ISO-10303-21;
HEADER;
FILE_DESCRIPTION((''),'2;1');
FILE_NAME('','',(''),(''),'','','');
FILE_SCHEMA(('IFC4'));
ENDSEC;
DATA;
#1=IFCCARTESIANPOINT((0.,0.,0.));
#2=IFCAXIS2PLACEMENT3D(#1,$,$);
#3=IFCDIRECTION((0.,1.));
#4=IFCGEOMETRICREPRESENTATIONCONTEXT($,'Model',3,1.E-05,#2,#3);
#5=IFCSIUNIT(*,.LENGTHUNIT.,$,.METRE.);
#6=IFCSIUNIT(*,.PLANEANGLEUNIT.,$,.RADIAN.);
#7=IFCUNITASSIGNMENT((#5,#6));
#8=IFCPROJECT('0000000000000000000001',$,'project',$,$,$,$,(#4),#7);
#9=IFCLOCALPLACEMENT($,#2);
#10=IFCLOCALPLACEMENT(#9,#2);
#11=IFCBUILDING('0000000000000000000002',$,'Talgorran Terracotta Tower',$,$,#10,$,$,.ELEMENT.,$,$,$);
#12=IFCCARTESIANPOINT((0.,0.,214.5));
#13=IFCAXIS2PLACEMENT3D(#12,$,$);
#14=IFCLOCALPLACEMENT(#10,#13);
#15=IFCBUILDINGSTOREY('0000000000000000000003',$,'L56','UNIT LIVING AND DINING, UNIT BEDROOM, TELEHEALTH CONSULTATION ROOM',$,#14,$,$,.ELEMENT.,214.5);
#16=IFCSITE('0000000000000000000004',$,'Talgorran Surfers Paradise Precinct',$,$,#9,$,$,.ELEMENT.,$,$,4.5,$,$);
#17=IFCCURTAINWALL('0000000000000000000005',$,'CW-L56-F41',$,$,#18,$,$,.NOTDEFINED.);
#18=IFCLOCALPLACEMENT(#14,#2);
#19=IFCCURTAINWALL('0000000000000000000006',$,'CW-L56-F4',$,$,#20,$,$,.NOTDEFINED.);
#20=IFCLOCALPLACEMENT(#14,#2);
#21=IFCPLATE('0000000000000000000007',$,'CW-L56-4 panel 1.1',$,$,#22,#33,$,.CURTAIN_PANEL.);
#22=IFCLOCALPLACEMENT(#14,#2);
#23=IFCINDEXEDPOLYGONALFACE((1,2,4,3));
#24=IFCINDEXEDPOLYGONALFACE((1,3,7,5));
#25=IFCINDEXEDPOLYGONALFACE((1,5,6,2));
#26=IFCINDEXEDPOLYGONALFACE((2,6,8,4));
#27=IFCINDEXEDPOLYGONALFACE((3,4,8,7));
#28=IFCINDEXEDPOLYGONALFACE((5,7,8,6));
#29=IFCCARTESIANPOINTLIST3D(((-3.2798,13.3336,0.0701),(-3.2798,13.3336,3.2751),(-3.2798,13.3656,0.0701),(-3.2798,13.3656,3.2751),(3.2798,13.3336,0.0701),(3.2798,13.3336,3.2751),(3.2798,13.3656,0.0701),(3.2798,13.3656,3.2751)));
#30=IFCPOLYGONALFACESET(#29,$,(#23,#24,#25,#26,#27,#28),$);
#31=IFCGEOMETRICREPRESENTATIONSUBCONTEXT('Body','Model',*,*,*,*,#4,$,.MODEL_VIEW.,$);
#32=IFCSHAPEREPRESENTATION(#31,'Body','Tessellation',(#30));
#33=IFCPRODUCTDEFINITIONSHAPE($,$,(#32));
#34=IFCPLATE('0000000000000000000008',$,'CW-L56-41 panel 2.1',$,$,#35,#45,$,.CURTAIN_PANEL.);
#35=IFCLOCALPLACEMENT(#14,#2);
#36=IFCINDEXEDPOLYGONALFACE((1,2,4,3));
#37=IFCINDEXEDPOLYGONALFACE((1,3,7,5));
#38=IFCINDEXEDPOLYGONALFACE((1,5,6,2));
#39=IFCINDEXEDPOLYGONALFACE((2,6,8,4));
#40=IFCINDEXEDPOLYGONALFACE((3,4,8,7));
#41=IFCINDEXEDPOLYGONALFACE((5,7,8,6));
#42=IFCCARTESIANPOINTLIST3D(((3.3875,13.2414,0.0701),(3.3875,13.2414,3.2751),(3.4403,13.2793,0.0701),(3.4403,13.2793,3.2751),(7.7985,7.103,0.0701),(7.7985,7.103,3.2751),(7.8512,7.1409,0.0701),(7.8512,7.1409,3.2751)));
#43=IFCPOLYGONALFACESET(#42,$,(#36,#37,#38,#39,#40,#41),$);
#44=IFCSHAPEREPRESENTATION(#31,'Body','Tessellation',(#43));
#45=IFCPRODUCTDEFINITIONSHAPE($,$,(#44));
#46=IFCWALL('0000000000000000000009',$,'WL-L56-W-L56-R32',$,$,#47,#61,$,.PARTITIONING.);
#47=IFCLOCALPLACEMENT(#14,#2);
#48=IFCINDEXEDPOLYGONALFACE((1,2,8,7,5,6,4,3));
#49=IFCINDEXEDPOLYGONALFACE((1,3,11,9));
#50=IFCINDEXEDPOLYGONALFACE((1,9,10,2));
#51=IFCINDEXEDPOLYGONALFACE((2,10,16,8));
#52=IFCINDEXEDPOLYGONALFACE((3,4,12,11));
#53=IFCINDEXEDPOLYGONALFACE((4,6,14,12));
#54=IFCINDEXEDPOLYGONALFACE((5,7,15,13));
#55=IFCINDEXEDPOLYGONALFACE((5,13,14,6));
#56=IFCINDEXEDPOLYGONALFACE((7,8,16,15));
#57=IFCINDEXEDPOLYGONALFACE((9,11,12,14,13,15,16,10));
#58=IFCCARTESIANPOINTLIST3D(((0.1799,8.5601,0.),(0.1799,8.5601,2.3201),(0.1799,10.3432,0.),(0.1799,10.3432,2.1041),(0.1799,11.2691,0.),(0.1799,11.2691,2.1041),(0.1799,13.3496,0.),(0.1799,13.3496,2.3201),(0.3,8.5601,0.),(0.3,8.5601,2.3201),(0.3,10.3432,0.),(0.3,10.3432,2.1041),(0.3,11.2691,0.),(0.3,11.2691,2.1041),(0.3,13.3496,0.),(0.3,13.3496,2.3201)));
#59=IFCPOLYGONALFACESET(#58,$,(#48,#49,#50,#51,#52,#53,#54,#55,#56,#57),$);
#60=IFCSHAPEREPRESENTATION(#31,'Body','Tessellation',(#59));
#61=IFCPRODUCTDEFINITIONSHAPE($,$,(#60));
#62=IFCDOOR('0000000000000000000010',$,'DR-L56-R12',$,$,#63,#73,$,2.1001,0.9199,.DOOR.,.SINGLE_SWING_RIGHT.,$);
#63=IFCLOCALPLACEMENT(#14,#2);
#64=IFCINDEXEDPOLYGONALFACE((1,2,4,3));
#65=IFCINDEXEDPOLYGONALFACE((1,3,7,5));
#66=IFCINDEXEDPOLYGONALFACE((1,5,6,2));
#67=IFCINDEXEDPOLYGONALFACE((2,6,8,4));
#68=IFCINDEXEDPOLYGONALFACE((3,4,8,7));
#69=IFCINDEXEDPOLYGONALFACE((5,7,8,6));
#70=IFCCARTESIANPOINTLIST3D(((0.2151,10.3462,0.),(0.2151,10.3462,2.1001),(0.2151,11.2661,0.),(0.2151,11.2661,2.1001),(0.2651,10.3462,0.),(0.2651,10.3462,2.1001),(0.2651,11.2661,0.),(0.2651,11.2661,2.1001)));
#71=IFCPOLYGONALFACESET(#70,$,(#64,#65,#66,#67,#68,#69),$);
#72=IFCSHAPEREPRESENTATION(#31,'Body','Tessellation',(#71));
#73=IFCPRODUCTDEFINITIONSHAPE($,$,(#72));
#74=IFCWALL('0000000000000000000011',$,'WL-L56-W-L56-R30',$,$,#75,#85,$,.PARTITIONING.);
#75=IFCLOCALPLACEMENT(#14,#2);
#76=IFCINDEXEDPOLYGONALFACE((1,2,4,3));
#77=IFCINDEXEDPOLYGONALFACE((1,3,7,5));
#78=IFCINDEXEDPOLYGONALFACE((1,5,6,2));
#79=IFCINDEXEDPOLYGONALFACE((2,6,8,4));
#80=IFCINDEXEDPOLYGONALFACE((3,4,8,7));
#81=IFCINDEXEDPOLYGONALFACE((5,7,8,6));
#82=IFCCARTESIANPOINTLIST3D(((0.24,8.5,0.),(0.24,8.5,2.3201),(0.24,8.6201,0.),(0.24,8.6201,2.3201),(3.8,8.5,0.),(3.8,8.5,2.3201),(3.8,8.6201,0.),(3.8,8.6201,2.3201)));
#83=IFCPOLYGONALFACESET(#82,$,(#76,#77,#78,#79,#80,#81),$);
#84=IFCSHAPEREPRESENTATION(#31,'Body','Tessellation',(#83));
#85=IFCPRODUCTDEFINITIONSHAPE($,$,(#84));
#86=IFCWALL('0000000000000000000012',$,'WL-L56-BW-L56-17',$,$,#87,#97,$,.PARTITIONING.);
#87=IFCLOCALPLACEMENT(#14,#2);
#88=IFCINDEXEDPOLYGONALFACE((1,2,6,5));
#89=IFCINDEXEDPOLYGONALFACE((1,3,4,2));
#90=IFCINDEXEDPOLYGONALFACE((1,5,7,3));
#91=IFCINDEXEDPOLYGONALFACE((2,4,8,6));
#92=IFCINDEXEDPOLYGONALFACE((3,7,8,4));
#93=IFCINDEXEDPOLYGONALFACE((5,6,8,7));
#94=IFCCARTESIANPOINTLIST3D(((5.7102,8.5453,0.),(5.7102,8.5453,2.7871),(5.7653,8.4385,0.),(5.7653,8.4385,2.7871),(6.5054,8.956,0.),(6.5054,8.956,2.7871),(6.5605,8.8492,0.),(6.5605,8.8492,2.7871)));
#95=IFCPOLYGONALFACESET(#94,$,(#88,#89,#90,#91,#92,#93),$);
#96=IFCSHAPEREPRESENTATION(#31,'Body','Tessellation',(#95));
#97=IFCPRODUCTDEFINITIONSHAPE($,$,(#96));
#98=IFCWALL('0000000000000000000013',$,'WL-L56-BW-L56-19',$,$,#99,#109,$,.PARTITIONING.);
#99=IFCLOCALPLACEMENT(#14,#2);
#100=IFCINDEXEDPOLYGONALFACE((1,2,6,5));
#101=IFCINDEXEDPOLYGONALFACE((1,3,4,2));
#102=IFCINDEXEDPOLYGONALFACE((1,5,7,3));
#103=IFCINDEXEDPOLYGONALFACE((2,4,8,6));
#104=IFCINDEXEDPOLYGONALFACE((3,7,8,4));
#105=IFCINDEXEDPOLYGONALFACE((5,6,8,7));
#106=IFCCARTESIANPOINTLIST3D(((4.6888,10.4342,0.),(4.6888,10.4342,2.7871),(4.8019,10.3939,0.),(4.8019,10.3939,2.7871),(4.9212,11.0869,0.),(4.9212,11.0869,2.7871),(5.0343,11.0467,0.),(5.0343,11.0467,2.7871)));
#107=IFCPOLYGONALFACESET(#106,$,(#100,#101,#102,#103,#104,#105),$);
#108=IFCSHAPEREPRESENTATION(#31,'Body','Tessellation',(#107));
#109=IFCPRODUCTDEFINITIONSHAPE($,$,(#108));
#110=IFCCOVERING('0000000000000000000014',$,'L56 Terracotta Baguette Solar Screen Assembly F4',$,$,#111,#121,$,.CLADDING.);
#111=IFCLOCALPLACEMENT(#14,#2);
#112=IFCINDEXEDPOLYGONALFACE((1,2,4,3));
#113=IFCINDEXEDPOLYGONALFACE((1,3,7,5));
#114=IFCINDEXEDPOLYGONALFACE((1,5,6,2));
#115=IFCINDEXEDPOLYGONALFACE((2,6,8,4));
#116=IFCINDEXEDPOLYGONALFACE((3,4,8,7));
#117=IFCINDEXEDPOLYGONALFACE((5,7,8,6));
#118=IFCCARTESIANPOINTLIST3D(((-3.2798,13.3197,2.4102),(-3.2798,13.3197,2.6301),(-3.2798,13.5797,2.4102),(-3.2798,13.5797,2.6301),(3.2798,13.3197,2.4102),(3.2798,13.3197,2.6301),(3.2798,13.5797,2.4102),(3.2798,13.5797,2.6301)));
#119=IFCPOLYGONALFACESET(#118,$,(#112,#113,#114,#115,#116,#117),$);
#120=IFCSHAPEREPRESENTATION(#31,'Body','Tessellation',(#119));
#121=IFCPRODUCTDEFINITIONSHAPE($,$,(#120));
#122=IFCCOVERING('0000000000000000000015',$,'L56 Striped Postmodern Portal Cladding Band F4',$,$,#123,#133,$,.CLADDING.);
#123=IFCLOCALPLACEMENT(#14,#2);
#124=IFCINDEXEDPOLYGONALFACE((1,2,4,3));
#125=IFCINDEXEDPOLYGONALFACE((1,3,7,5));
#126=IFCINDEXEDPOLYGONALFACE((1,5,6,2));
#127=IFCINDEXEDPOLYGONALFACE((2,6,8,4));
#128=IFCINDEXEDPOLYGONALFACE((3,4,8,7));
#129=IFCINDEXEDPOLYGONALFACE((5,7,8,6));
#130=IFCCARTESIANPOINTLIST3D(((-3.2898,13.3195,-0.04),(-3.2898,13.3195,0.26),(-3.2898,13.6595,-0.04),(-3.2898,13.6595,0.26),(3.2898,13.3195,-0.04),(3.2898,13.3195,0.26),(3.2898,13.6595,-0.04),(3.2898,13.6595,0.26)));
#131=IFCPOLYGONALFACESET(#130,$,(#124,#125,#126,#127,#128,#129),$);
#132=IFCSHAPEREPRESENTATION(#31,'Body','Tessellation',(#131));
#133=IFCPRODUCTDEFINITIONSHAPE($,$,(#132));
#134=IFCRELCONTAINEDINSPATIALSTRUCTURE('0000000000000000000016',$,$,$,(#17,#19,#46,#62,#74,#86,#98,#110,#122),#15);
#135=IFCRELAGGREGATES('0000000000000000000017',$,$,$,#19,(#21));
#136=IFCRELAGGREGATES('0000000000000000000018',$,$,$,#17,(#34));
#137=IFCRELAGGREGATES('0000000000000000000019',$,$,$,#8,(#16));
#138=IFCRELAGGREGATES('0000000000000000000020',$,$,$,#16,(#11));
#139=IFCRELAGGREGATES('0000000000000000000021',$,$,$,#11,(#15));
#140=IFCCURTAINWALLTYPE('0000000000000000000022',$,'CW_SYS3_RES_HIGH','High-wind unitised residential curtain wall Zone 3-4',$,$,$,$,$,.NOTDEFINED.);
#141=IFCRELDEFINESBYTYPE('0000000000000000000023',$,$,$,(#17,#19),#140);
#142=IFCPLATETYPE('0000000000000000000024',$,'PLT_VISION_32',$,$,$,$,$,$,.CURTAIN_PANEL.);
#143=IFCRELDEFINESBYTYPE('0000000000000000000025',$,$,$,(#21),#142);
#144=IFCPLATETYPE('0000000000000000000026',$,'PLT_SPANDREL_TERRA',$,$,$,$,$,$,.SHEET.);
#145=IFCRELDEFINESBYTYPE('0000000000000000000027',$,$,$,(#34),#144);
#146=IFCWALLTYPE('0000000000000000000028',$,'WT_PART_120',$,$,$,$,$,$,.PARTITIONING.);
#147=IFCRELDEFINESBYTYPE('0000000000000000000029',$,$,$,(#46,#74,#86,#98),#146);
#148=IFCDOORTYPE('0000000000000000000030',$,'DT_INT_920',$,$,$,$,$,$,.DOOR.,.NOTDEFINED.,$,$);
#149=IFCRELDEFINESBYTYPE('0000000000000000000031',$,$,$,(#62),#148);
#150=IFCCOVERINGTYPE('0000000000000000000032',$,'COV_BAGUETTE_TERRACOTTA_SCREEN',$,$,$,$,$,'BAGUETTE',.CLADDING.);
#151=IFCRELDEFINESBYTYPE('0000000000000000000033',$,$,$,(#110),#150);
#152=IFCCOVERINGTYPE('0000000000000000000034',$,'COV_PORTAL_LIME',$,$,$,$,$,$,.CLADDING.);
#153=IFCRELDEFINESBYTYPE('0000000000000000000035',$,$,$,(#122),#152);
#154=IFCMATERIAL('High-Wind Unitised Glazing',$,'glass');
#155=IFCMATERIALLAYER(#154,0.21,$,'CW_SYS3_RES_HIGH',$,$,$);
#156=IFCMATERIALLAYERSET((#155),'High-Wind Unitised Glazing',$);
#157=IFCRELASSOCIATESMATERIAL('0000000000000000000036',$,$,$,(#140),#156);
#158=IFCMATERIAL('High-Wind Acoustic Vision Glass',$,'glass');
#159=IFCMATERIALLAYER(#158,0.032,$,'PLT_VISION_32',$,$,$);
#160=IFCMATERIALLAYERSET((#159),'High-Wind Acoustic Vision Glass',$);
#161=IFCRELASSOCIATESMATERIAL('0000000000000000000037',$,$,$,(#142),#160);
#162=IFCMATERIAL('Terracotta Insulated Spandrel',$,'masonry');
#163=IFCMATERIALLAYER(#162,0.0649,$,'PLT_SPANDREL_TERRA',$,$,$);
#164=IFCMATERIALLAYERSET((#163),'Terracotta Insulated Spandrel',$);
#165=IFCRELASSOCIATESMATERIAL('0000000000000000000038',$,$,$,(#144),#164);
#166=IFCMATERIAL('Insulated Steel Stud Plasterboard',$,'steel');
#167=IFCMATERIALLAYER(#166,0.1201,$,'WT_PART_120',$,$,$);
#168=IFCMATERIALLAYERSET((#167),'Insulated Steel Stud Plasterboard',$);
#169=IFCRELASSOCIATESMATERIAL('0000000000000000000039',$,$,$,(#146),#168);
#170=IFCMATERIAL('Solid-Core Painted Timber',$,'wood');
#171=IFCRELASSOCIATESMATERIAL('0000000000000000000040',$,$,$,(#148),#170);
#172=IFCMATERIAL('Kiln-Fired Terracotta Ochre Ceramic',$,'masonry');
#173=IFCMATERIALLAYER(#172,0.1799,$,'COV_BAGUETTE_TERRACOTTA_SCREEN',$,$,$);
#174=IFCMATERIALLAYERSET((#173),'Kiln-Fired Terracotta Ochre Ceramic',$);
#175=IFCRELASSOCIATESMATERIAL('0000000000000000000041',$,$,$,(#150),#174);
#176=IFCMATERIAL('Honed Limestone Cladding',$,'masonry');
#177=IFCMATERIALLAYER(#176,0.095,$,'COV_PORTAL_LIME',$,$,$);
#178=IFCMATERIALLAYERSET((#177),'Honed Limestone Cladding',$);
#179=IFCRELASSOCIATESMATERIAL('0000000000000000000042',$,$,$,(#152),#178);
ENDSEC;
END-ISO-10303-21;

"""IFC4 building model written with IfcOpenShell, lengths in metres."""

from ifc_helpers import new_model, si_unit, direction, frame, frame_2d, origin, origin_2d, place, context, subcontext, project, spatial, rectangle, extrude, source, transform, mapped, material, layer, layer_set, type_object, type_shapes, element, fill, aggregate, save


model = new_model("IFC4")

# Units and contexts
model_context = context("Model", 3, precision=1e-05, world=origin(), true_north=direction((0.0, 1.0)))
body_context = subcontext(model_context, "Body", "Model", "MODEL_VIEW")
ifc_project = project(units=[si_unit("LENGTHUNIT", "METRE"), si_unit("PLANEANGLEUNIT", "RADIAN")], contexts=[model_context])

# Site, building, storey
site_placement = place(None, origin())
site = spatial("IfcSite", under=ifc_project, at=site_placement, Name="Talgorran Surfers Paradise Precinct", CompositionType="ELEMENT", RefElevation=4.5)
building_placement = place(site_placement, origin())
building = spatial("IfcBuilding", under=site, at=building_placement, Name="Talgorran Terracotta Tower", CompositionType="ELEMENT")
storey_placement = place(building_placement, frame((0.0, 0.0, 214.5)))
storey = spatial("IfcBuildingStorey", under=building, at=storey_placement, Name="L56", Description="UNIT LIVING AND DINING, UNIT BEDROOM, TELEHEALTH CONSULTATION ROOM", CompositionType="ELEMENT", Elevation=214.5)

# Curtain wall
ifc_material_1 = material(Name="High-Wind Unitised Glazing", Category="glass")
ifc_layer_1 = layer(ifc_material_1, 0.21, Name="CW_SYS3_RES_HIGH")
ifc_layer_set_1 = layer_set([ifc_layer_1], Name="High-Wind Unitised Glazing")
curtain_wall_type = type_object("IfcCurtainWallType", Name="CW_SYS3_RES_HIGH", Description="High-wind unitised residential curtain wall Zone 3-4", PredefinedType="NOTDEFINED", material=ifc_layer_set_1)
curtain_wall_1_placement = place(storey_placement, origin())
curtain_wall_1 = element("IfcCurtainWall", 1, at=curtain_wall_1_placement, inside=storey, type_object=curtain_wall_type, Name="CW-L56-F41", PredefinedType="NOTDEFINED")

# Curtain wall
curtain_wall_2_placement = place(storey_placement, origin())
curtain_wall_2 = element("IfcCurtainWall", 2, at=curtain_wall_2_placement, inside=storey, type_object=curtain_wall_type, Name="CW-L56-F4", PredefinedType="NOTDEFINED")

# Plates
ifc_material_2 = material(Name="High-Wind Acoustic Vision Glass", Category="glass")
ifc_layer_2 = layer(ifc_material_2, 0.032, Name="PLT_VISION_32")
ifc_layer_set_2 = layer_set([ifc_layer_2], Name="High-Wind Acoustic Vision Glass")
plate_type_1 = type_object("IfcPlateType", Name="PLT_VISION_32", PredefinedType="CURTAIN_PANEL", material=ifc_layer_set_2)
shared_shape_1 = source(origin(), body_context, "Body", "SweptSolid", [
    extrude(rectangle(XDim=6.5596, YDim=0.032, at=origin_2d()), origin(), (0.0, 0.0, 1.0), 3.2051),
])
type_shapes(plate_type_1, [shared_shape_1])
plate_1_placement = place(storey_placement, frame((0.0, 13.3496, 0.0701), z_axis=(0.0, 0.0, 1.0), x_axis=(-1.0, 0.0, 0.0)))
plate_1 = element("IfcPlate", 3, at=plate_1_placement, type_object=plate_type_1, Name="CW-L56-4 panel 1.1", PredefinedType="CURTAIN_PANEL", context=body_context, shape_type="MappedRepresentation", body=[
    mapped(shared_shape_1, transform((0.0, 0.0, 0.0), scale=1.0)),
])
aggregate(curtain_wall_2, [plate_1])
ifc_material_3 = material(Name="Terracotta Insulated Spandrel", Category="masonry")
ifc_layer_3 = layer(ifc_material_3, 0.0649, Name="PLT_SPANDREL_TERRA")
ifc_layer_set_3 = layer_set([ifc_layer_3], Name="Terracotta Insulated Spandrel")
plate_type_2 = type_object("IfcPlateType", Name="PLT_SPANDREL_TERRA", PredefinedType="SHEET", material=ifc_layer_set_3)
shared_shape_2 = source(origin(), body_context, "Body", "SweptSolid", [
    extrude(rectangle(XDim=7.5588, YDim=0.0649, at=origin_2d()), origin(), (0.0, 0.0, 1.0), 3.2051),
])
type_shapes(plate_type_2, [shared_shape_2])
plate_2_placement = place(storey_placement, frame((5.6194, 10.1912, 0.0701), z_axis=(0.0, 0.0, 1.0), x_axis=(-0.58355, 0.812077, 0.0)))
plate_2 = element("IfcPlate", 4, at=plate_2_placement, type_object=plate_type_2, Name="CW-L56-41 panel 2.1", PredefinedType="CURTAIN_PANEL", context=body_context, shape_type="MappedRepresentation", body=[
    mapped(shared_shape_2, transform((0.0, 0.0, 0.0), scale=1.0)),
])
aggregate(curtain_wall_1, [plate_2])

# Wall, opening, door
ifc_material_4 = material(Name="Insulated Steel Stud Plasterboard", Category="steel")
ifc_layer_4 = layer(ifc_material_4, 0.1201, Name="WT_PART_120")
ifc_layer_set_4 = layer_set([ifc_layer_4], Name="Insulated Steel Stud Plasterboard")
wall_type = type_object("IfcWallType", Name="WT_PART_120", PredefinedType="PARTITIONING", material=ifc_layer_set_4)
wall_1_placement = place(storey_placement, frame((0.24, 8.5601, 0.0), z_axis=(0.0, 0.0, 1.0), x_axis=(0.0, 1.0, 0.0)))
wall_1 = element("IfcWall", 5, at=wall_1_placement, inside=storey, type_object=wall_type, Name="WL-L56-W-L56-R32", PredefinedType="PARTITIONING", context=body_context, shape_type="SweptSolid", body=[
    extrude(rectangle(XDim=4.7896, YDim=0.1201, at=frame_2d((2.3948, 0.0))), origin(), (0.0, 0.0, 1.0), 2.3201),
])
opening_placement = place(wall_1_placement, frame((1.7861, 0.0, 0.0)))
opening = element("IfcOpeningElement", 6, at=opening_placement, cuts=wall_1, PredefinedType="OPENING", context=body_context, shape_type="SweptSolid", body=[
    extrude(rectangle(XDim=0.9259, YDim=2.1041, at=frame_2d((0.46, 1.052))), frame((0.0, 0.0701, 0.0), z_axis=(0.0, -1.0, 0.0), x_axis=(1.0, 0.0, 0.0)), (0.0, 0.0, 1.0), 0.1401),
])
ifc_material_5 = material(Name="Solid-Core Painted Timber", Category="wood")
door_type = type_object("IfcDoorType", Name="DT_INT_920", OperationType="NOTDEFINED", PredefinedType="DOOR", material=ifc_material_5)
door_placement = place(opening_placement, origin())
door = element("IfcDoor", 7, at=door_placement, inside=storey, type_object=door_type, Name="DR-L56-R12", OperationType="SINGLE_SWING_RIGHT", OverallHeight=2.1001, OverallWidth=0.9199, PredefinedType="DOOR", context=body_context, shape_type="SweptSolid", body=[
    extrude(rectangle(XDim=0.9199, YDim=2.1001, at=frame_2d((0.46, 1.05))), frame((0.0, 0.0249, 0.0), z_axis=(0.0, -1.0, 0.0), x_axis=(1.0, 0.0, 0.0)), (0.0, 0.0, 1.0), 0.05),
])
fill(opening, door)

# Walls
wall_2_placement = place(storey_placement, frame((0.24, 8.5601, 0.0), z_axis=(0.0, 0.0, 1.0), x_axis=(1.0, 0.0, 0.0)))
element("IfcWall", 8, at=wall_2_placement, inside=storey, type_object=wall_type, Name="WL-L56-W-L56-R30", PredefinedType="PARTITIONING", context=body_context, shape_type="SweptSolid", body=[
    extrude(rectangle(XDim=3.5601, YDim=0.1201, at=frame_2d((1.78, 0.0))), origin(), (0.0, 0.0, 1.0), 2.3201),
])
wall_3_placement = place(storey_placement, frame((6.533, 8.9026, 0.0), z_axis=(0.0, 0.0, 1.0), x_axis=(-0.888513, -0.458851, 0.0)))
element("IfcWall", 9, at=wall_3_placement, inside=storey, type_object=wall_type, Name="WL-L56-BW-L56-17", PredefinedType="PARTITIONING", context=body_context, shape_type="SweptSolid", body=[
    extrude(rectangle(XDim=0.895, YDim=0.1201, at=frame_2d((0.4475, 0.0))), origin(), (0.0, 0.0, 1.0), 2.7871),
])
wall_4_placement = place(storey_placement, frame((4.7454, 10.4141, 0.0), z_axis=(0.0, 0.0, 1.0), x_axis=(0.335399, 0.942076, 0.0)))
element("IfcWall", 10, at=wall_4_placement, inside=storey, type_object=wall_type, Name="WL-L56-BW-L56-19", PredefinedType="PARTITIONING", context=body_context, shape_type="SweptSolid", body=[
    extrude(rectangle(XDim=0.6929, YDim=0.1201, at=frame_2d((0.3464, 0.0))), origin(), (0.0, 0.0, 1.0), 2.7871),
])

# Coverings
ifc_material_6 = material(Name="Kiln-Fired Terracotta Ochre Ceramic", Category="masonry")
ifc_layer_5 = layer(ifc_material_6, 0.1799, Name="COV_BAGUETTE_TERRACOTTA_SCREEN")
ifc_layer_set_5 = layer_set([ifc_layer_5], Name="Kiln-Fired Terracotta Ochre Ceramic")
covering_type_1 = type_object("IfcCoveringType", Name="COV_BAGUETTE_TERRACOTTA_SCREEN", ElementType="BAGUETTE", PredefinedType="CLADDING", material=ifc_layer_set_5)
covering_1_placement = place(storey_placement, frame((0.0, 13.4497, 2.4102), z_axis=(0.0, 0.0, 1.0), x_axis=(-1.0, 0.0, 0.0)))
element("IfcCovering", 11, at=covering_1_placement, inside=storey, type_object=covering_type_1, Name="L56 Terracotta Baguette Solar Screen Assembly F4", PredefinedType="CLADDING", context=body_context, shape_type="SweptSolid", body=[
    extrude(rectangle(XDim=6.5596, YDim=0.26, at=origin_2d()), origin(), (0.0, 0.0, 1.0), 0.22),
])
ifc_material_7 = material(Name="Honed Limestone Cladding", Category="masonry")
ifc_layer_6 = layer(ifc_material_7, 0.095, Name="COV_PORTAL_LIME")
ifc_layer_set_6 = layer_set([ifc_layer_6], Name="Honed Limestone Cladding")
covering_type_2 = type_object("IfcCoveringType", Name="COV_PORTAL_LIME", PredefinedType="CLADDING", material=ifc_layer_set_6)
covering_2_placement = place(storey_placement, frame((0.0, 13.4895, -0.04), z_axis=(0.0, 0.0, 1.0), x_axis=(-1.0, 0.0, 0.0)))
element("IfcCovering", 12, at=covering_2_placement, inside=storey, type_object=covering_type_2, Name="L56 Striped Postmodern Portal Cladding Band F4", PredefinedType="CLADDING", context=body_context, shape_type="SweptSolid", body=[
    extrude(rectangle(XDim=6.5796, YDim=0.3401, at=origin_2d()), origin(), (0.0, 0.0, 1.0), 0.3),
])

save(model, "model.ifc")
